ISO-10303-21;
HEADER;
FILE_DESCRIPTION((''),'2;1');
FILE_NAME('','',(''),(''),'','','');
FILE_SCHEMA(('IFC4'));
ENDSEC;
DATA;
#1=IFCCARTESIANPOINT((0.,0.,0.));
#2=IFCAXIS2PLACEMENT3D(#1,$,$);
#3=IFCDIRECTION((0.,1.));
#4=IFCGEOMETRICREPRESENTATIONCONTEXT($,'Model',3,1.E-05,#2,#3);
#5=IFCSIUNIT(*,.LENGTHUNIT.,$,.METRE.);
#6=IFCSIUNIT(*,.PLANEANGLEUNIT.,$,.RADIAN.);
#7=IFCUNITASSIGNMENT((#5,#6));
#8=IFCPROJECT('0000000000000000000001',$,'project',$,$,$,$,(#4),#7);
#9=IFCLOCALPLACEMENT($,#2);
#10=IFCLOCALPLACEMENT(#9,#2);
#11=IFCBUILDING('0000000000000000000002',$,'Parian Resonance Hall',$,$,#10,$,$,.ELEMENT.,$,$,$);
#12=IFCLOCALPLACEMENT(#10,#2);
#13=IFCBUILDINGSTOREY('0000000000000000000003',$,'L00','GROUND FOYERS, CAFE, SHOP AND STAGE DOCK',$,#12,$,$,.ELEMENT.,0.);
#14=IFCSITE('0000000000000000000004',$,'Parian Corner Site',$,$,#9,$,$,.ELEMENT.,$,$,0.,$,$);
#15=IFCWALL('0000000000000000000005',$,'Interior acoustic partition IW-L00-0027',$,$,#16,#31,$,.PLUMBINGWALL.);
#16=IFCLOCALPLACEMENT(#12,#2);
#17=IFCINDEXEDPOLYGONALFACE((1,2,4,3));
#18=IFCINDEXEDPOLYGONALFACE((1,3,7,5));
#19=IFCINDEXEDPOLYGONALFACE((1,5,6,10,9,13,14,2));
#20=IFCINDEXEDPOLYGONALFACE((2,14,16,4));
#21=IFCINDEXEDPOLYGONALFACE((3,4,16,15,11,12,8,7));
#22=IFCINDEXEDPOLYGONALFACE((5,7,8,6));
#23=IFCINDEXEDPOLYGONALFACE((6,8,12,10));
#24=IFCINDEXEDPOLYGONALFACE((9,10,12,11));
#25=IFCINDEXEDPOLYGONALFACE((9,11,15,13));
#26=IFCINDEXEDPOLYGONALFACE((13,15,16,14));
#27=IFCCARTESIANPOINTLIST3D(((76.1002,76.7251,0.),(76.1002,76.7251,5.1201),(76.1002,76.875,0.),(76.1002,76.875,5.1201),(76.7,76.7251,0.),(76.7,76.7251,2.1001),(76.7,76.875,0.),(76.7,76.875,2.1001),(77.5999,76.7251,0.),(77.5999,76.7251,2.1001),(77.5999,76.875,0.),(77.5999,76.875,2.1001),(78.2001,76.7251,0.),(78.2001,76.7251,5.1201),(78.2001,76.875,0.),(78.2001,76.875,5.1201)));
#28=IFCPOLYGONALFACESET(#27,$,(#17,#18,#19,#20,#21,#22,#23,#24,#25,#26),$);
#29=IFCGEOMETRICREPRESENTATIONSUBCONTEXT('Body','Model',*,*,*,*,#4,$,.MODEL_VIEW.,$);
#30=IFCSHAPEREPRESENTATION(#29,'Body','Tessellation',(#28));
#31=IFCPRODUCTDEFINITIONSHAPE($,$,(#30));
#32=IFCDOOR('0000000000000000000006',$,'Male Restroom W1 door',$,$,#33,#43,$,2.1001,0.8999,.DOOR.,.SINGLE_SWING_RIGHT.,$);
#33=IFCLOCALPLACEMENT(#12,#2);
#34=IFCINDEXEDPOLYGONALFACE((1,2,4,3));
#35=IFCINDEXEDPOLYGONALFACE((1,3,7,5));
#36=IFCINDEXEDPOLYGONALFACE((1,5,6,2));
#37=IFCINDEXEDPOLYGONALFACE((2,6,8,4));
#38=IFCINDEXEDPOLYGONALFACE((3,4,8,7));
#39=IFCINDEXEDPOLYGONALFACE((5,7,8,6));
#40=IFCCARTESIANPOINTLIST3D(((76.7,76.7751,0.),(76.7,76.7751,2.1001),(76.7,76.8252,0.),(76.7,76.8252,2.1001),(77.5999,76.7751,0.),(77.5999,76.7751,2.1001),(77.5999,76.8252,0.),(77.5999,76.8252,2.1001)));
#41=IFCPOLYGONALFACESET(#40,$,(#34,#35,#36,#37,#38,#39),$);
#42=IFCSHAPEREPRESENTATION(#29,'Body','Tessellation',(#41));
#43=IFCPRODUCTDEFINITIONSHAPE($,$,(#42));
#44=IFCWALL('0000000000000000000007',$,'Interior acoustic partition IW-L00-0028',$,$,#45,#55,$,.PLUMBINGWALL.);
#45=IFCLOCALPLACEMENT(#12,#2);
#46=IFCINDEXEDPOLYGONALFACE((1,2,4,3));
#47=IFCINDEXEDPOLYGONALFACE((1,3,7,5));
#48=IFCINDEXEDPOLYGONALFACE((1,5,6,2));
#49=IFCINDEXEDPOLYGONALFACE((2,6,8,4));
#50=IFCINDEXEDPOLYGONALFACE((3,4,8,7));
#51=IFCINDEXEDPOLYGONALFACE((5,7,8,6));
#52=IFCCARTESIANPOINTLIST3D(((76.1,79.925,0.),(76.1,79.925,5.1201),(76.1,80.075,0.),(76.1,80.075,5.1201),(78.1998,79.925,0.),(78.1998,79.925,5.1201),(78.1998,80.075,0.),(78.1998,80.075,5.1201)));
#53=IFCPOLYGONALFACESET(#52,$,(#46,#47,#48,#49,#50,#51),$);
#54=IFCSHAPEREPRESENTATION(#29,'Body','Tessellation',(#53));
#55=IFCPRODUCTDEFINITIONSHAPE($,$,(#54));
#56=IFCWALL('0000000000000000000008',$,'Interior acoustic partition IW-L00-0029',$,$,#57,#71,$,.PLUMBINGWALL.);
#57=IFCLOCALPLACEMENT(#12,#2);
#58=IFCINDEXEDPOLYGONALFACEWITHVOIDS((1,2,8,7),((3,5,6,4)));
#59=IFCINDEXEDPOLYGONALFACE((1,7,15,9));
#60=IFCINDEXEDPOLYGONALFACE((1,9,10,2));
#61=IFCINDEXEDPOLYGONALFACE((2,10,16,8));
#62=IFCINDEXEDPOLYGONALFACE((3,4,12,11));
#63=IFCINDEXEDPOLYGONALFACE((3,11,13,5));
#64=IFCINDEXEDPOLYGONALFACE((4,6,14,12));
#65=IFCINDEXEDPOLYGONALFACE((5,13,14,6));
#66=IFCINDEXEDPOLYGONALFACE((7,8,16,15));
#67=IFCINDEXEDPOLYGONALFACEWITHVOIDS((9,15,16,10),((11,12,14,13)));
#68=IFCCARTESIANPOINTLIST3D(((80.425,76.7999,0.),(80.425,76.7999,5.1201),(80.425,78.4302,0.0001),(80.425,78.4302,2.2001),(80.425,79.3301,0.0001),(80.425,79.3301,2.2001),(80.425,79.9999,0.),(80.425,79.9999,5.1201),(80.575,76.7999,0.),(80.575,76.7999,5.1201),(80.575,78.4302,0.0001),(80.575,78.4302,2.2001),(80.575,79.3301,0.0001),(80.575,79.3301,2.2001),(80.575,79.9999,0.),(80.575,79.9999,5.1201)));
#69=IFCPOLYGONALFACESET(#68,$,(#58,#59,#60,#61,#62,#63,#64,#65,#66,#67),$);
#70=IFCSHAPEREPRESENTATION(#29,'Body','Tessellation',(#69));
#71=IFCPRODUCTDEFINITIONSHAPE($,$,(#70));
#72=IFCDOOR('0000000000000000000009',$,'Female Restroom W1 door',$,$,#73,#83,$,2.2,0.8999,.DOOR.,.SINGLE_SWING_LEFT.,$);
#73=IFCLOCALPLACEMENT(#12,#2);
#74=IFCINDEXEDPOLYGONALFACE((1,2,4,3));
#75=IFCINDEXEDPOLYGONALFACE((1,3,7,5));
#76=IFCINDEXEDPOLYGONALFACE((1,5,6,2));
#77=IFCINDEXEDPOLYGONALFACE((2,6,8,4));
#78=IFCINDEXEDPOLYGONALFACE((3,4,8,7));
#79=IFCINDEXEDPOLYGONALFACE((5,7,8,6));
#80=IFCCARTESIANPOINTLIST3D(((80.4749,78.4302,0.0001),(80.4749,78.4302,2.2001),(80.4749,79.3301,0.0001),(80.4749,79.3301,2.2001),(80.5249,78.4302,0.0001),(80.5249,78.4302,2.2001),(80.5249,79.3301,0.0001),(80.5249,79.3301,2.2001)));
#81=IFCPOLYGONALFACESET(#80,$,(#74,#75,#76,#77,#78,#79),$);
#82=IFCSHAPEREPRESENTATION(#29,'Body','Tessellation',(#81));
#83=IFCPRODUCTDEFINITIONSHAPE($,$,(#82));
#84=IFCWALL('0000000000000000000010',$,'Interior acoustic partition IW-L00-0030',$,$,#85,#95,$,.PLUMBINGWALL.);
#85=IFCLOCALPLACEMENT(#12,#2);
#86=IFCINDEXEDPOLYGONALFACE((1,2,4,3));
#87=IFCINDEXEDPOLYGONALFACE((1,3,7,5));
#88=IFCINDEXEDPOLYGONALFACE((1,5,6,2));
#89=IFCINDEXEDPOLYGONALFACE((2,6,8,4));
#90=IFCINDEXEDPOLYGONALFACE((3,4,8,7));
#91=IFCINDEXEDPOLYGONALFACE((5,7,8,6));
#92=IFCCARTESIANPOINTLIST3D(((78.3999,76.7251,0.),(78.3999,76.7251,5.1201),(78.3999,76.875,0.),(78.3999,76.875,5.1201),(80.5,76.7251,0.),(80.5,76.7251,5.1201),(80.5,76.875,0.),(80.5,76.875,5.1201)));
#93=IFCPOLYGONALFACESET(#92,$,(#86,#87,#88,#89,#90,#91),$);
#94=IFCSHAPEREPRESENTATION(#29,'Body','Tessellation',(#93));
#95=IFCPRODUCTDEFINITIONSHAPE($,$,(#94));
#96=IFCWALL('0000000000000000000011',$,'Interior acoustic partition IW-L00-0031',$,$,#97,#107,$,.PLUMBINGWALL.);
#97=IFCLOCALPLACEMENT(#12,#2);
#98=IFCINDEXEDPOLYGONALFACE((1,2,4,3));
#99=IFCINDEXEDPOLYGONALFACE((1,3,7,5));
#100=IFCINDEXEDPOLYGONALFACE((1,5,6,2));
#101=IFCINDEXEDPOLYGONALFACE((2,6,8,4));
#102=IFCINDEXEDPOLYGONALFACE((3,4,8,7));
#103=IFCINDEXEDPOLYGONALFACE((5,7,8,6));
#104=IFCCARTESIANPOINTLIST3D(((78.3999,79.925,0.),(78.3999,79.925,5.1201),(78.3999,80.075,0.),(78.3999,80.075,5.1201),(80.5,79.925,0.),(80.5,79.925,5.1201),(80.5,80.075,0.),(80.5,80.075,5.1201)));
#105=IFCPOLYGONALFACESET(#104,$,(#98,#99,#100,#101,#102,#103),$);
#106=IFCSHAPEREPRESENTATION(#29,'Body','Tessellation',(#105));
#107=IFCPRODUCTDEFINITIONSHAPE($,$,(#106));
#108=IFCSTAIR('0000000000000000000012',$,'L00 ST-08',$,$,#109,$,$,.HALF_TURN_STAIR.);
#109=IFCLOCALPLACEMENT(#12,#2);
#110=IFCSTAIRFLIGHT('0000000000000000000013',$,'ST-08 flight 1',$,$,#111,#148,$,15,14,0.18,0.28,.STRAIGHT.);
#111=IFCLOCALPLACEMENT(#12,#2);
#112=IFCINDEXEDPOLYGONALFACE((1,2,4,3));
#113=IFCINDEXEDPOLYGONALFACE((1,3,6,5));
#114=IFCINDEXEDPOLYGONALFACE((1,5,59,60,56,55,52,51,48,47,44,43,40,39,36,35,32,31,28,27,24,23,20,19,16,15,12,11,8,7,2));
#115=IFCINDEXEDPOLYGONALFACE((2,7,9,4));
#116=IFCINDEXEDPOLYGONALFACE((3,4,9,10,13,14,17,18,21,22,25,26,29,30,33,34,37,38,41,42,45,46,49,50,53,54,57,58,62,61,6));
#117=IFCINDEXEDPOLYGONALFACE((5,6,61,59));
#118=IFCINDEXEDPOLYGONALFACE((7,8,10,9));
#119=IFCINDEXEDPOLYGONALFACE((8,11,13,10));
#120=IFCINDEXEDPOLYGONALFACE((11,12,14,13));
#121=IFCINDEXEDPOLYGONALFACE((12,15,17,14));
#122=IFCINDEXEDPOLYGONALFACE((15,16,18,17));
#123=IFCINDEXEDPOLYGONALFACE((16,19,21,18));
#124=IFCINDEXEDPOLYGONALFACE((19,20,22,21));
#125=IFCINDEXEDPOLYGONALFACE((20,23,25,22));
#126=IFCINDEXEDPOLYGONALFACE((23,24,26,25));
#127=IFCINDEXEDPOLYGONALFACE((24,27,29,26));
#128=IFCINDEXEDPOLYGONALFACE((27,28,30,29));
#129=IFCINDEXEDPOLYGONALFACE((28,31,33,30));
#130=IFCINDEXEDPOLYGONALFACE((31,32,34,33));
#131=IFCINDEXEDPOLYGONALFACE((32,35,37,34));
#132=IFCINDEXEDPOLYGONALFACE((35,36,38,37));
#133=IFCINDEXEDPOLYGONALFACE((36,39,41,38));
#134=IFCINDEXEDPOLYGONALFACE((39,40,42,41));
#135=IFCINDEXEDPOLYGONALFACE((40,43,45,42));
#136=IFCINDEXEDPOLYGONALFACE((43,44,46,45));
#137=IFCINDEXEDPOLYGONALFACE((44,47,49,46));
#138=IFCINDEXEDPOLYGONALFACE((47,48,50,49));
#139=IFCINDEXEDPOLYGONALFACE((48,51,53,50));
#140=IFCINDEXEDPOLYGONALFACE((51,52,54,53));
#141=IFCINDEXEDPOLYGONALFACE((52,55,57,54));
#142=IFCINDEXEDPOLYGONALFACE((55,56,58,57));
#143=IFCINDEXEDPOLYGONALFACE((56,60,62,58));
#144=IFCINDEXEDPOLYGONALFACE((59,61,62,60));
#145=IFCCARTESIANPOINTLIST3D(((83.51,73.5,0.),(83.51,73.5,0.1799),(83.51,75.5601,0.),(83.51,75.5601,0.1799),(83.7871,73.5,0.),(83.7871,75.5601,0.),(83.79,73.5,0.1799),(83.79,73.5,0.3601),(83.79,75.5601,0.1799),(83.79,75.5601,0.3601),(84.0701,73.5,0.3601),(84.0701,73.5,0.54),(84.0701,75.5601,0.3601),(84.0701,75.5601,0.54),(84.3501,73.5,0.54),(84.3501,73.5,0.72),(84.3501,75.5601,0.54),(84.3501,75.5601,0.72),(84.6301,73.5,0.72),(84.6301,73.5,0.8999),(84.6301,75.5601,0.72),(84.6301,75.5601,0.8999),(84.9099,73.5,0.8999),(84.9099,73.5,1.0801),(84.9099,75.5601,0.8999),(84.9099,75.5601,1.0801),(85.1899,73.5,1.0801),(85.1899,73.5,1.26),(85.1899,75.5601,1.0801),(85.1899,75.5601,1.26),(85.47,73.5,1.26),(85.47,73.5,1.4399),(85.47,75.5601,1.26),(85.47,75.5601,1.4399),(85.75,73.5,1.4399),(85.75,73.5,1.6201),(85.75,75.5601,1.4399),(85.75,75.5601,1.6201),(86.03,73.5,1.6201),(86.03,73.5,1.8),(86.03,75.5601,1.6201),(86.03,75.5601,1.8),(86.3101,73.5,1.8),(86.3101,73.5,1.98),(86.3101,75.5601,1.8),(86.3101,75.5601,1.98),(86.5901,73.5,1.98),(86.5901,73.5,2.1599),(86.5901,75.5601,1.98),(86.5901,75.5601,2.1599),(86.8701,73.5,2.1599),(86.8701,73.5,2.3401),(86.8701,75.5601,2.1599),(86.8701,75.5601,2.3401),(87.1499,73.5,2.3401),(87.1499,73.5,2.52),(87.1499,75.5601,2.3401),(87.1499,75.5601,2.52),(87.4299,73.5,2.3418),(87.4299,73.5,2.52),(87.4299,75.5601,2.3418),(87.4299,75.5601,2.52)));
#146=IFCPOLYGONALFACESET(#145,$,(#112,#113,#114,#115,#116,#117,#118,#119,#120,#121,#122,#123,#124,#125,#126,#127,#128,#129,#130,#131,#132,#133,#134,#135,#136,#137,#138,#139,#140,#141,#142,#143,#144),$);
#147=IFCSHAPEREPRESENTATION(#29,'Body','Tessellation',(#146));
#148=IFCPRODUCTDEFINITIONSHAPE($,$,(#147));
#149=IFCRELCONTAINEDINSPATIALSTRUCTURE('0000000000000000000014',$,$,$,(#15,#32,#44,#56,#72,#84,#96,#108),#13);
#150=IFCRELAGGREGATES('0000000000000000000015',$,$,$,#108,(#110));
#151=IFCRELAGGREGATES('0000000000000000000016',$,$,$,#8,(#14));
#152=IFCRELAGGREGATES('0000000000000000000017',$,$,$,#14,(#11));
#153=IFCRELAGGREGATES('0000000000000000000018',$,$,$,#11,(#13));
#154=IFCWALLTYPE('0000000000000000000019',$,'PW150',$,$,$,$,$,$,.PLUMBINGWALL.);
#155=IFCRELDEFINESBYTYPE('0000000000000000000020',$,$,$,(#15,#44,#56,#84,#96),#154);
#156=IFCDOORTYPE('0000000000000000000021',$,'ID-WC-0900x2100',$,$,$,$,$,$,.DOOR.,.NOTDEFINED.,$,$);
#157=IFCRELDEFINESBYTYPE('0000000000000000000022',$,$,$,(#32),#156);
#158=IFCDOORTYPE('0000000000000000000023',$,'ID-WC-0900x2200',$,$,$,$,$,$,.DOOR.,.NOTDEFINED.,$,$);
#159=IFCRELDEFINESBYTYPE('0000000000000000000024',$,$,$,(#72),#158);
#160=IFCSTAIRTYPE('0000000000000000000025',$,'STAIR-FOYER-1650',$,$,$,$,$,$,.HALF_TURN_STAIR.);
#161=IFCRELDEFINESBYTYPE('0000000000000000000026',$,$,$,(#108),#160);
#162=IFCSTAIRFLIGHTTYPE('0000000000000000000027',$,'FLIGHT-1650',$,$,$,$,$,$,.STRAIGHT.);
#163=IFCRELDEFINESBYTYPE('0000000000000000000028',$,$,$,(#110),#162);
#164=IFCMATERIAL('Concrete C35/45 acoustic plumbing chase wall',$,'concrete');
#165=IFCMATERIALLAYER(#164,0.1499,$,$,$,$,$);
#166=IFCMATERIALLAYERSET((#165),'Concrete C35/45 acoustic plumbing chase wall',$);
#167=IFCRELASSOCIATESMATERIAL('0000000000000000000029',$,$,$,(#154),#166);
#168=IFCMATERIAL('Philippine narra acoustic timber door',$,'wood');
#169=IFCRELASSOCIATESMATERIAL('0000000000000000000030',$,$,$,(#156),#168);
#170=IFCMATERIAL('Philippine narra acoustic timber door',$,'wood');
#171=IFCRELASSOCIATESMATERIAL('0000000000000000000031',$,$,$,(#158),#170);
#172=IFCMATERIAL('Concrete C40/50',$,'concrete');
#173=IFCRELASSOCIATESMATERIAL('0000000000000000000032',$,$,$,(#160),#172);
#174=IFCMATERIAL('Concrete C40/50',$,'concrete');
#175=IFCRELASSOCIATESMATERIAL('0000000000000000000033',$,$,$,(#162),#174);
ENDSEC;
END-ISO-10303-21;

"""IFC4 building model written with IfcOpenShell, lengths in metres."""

from ifc_helpers import new_model, si_unit, direction, frame, frame_2d, origin, place, context, subcontext, project, spatial, polyline, rectangle, outline, extrude, material, layer, layer_set, type_object, element, fill, aggregate, save


model = new_model("IFC4")

# Units and contexts
model_context = context("Model", 3, precision=1e-05, world=origin(), true_north=direction((0.0, 1.0)))
body_context = subcontext(model_context, "Body", "Model", "MODEL_VIEW")
ifc_project = project(units=[si_unit("LENGTHUNIT", "METRE"), si_unit("PLANEANGLEUNIT", "RADIAN")], contexts=[model_context])

# Site, building, storey
site_placement = place(None, origin())
site = spatial("IfcSite", under=ifc_project, at=site_placement, Name="Parian Corner Site", CompositionType="ELEMENT", RefElevation=0.0)
building_placement = place(site_placement, origin())
building = spatial("IfcBuilding", under=site, at=building_placement, Name="Parian Resonance Hall", CompositionType="ELEMENT")
storey_placement = place(building_placement, origin())
storey = spatial("IfcBuildingStorey", under=building, at=storey_placement, Name="L00", Description="GROUND FOYERS, CAFE, SHOP AND STAGE DOCK", CompositionType="ELEMENT", Elevation=0.0)

# Shared definitions
ifc_material_1 = material(Name="Concrete C35/45 acoustic plumbing chase wall", Category="concrete")
ifc_layer_1 = layer(ifc_material_1, 0.1499)
ifc_layer_set_1 = layer_set([ifc_layer_1], Name="Concrete C35/45 acoustic plumbing chase wall")
wall_type_1 = type_object("IfcWallType", Name="PW150", PredefinedType="PLUMBINGWALL", material=ifc_layer_set_1)

# Wall, opening, door
wall_1_placement = place(storey_placement, frame((78.2, 76.8, 0.0), z_axis=(0.0, 0.0, 1.0), x_axis=(-1.0, 0.0, 0.0)))
wall_1 = element("IfcWall", 1, at=wall_1_placement, inside=storey, type_object=wall_type_1, Name="Interior acoustic partition IW-L00-0027", PredefinedType="PLUMBINGWALL", context=body_context, shape_type="SweptSolid", body=[
    extrude(rectangle(XDim=2.0999, YDim=0.1499, at=frame_2d((1.0498, 0.0))), origin(), (0.0, 0.0, 1.0), 5.1201),
])
opening_1_placement = place(wall_1_placement, frame((0.6001, 0.0, 0.0)))
opening_1 = element("IfcOpeningElement", 2, at=opening_1_placement, cuts=wall_1, PredefinedType="OPENING", context=body_context, shape_type="SweptSolid", body=[
    extrude(rectangle(XDim=0.8999, YDim=2.1001, at=frame_2d((0.45, 1.05))), frame((0.0, 0.085, 0.0), z_axis=(0.0, -1.0, 0.0), x_axis=(1.0, 0.0, 0.0)), (0.0, 0.0, 1.0), 0.1699),
])
ifc_material_2 = material(Name="Philippine narra acoustic timber door", Category="wood")
door_type_1 = type_object("IfcDoorType", Name="ID-WC-0900x2100", OperationType="NOTDEFINED", PredefinedType="DOOR", material=ifc_material_2)
door_1_placement = place(opening_1_placement, origin())
door_1 = element("IfcDoor", 3, at=door_1_placement, inside=storey, type_object=door_type_1, Name="Male Restroom W1 door", OperationType="SINGLE_SWING_RIGHT", OverallHeight=2.1001, OverallWidth=0.8999, PredefinedType="DOOR", context=body_context, shape_type="SweptSolid", body=[
    extrude(rectangle(XDim=0.8999, YDim=2.1001, at=frame_2d((0.45, 1.05))), frame((0.0, 0.0249, 0.0), z_axis=(0.0, -1.0, 0.0), x_axis=(1.0, 0.0, 0.0)), (0.0, 0.0, 1.0), 0.05),
])
fill(opening_1, door_1)

# Wall
wall_2_placement = place(storey_placement, frame((76.1001, 80.0, 0.0), z_axis=(0.0, 0.0, 1.0), x_axis=(1.0, 0.0, 0.0)))
element("IfcWall", 4, at=wall_2_placement, inside=storey, type_object=wall_type_1, Name="Interior acoustic partition IW-L00-0028", PredefinedType="PLUMBINGWALL", context=body_context, shape_type="SweptSolid", body=[
    extrude(rectangle(XDim=2.0999, YDim=0.1499, at=frame_2d((1.0498, 0.0))), origin(), (0.0, 0.0, 1.0), 5.1201),
])

# Wall, opening, door
wall_3_placement = place(storey_placement, frame((80.5, 80.0, 0.0), z_axis=(0.0, 0.0, 1.0), x_axis=(0.0, -1.0, 0.0)))
wall_3 = element("IfcWall", 5, at=wall_3_placement, inside=storey, type_object=wall_type_1, Name="Interior acoustic partition IW-L00-0029", PredefinedType="PLUMBINGWALL", context=body_context, shape_type="SweptSolid", body=[
    extrude(rectangle(XDim=3.2, YDim=0.1499, at=frame_2d((1.6001, 0.0))), origin(), (0.0, 0.0, 1.0), 5.1201),
])
opening_2_placement = place(wall_3_placement, frame((0.6699, 0.0, 0.0)))
opening_2 = element("IfcOpeningElement", 6, at=opening_2_placement, cuts=wall_3, PredefinedType="OPENING", context=body_context, shape_type="SweptSolid", body=[
    extrude(rectangle(XDim=0.8999, YDim=2.2, at=frame_2d((0.45, 1.1001))), frame((0.0, 0.085, 0.0), z_axis=(0.0, -1.0, 0.0), x_axis=(1.0, 0.0, 0.0)), (0.0, 0.0, 1.0), 0.1699),
])
ifc_material_3 = material(Name="Philippine narra acoustic timber door", Category="wood")
door_type_2 = type_object("IfcDoorType", Name="ID-WC-0900x2200", OperationType="NOTDEFINED", PredefinedType="DOOR", material=ifc_material_3)
door_2_placement = place(opening_2_placement, origin())
door_2 = element("IfcDoor", 7, at=door_2_placement, inside=storey, type_object=door_type_2, Name="Female Restroom W1 door", OperationType="SINGLE_SWING_LEFT", OverallHeight=2.2, OverallWidth=0.8999, PredefinedType="DOOR", context=body_context, shape_type="SweptSolid", body=[
    extrude(rectangle(XDim=0.8999, YDim=2.2, at=frame_2d((0.45, 1.1001))), frame((0.0, 0.0249, 0.0), z_axis=(0.0, -1.0, 0.0), x_axis=(1.0, 0.0, 0.0)), (0.0, 0.0, 1.0), 0.05),
])
fill(opening_2, door_2)

# Walls
for number, where, z_axis, x_axis, name in (
    (8, (80.5, 76.8, 0.0), (0.0, 0.0, 1.0), (-1.0, 0.0, 0.0), "Interior acoustic partition IW-L00-0030"),
    (9, (78.3999, 80.0, 0.0), (0.0, 0.0, 1.0), (1.0, 0.0, 0.0), "Interior acoustic partition IW-L00-0031"),
):
    element("IfcWall", number, at=place(storey_placement, frame(where, z_axis=z_axis, x_axis=x_axis)), inside=storey, type_object=wall_type_1, Name=name, PredefinedType="PLUMBINGWALL", context=body_context, shape_type="SweptSolid", body=[
        extrude(rectangle(XDim=2.1001, YDim=0.1499, at=frame_2d((1.05, 0.0))), origin(), (0.0, 0.0, 1.0), 5.1201),
    ])

# Stair, stair flight
ifc_material_4 = material(Name="Concrete C40/50", Category="concrete")
stair_type = type_object("IfcStairType", Name="STAIR-FOYER-1650", PredefinedType="HALF_TURN_STAIR", material=ifc_material_4)
stair_placement = place(storey_placement, origin())
stair = element("IfcStair", 10, at=stair_placement, inside=storey, type_object=stair_type, Name="L00 ST-08", PredefinedType="HALF_TURN_STAIR")
ifc_material_5 = material(Name="Concrete C40/50", Category="concrete")
stair_flight_type = type_object("IfcStairFlightType", Name="FLIGHT-1650", PredefinedType="STRAIGHT", material=ifc_material_5)
stair_flight_1_placement = place(storey_placement, frame((83.51, 74.53, 0.0), z_axis=(0.0, 0.0, 1.0), x_axis=(1.0, 0.0, 0.0)))
stair_flight_1 = element("IfcStairFlight", 11, at=stair_flight_1_placement, type_object=stair_flight_type, Name="ST-08 flight 1", NumberOfRisers=15, NumberOfTreads=14, PredefinedType="STRAIGHT", RiserHeight=0.18, TreadLength=0.28, context=body_context, shape_type="SweptSolid", body=[
    extrude(outline(polyline([(0.0, 0.0), (0.0, 0.1799), (0.28, 0.1799), (0.28, 0.3601), (0.5601, 0.3601), (0.5601, 0.54), (0.8401, 0.54), (0.8401, 0.72), (1.1201, 0.72), (1.1201, 0.8999), (1.3999, 0.8999), (1.3999, 1.0801), (1.6799, 1.0801), (1.6799, 1.26), (1.96, 1.26), (1.96, 1.4399), (2.24, 1.4399), (2.24, 1.6201), (2.52, 1.6201), (2.52, 1.8), (2.8, 1.8), (2.8, 1.98), (3.0801, 1.98), (3.0801, 2.1599), (3.3601, 2.1599), (3.3601, 2.3401), (3.6399, 2.3401), (3.6399, 2.52), (3.9199, 2.52), (3.9199, 2.7), (3.9199, 2.3418), (0.2771, 0.0), (0.0, 0.0)])), frame((0.0, 1.03, 0.0), z_axis=(0.0, -1.0, 0.0), x_axis=(1.0, 0.0, 0.0)), (0.0, 0.0, 1.0), 2.0601),
])
aggregate(stair, [stair_flight_1])

save(model, "model.ifc")
